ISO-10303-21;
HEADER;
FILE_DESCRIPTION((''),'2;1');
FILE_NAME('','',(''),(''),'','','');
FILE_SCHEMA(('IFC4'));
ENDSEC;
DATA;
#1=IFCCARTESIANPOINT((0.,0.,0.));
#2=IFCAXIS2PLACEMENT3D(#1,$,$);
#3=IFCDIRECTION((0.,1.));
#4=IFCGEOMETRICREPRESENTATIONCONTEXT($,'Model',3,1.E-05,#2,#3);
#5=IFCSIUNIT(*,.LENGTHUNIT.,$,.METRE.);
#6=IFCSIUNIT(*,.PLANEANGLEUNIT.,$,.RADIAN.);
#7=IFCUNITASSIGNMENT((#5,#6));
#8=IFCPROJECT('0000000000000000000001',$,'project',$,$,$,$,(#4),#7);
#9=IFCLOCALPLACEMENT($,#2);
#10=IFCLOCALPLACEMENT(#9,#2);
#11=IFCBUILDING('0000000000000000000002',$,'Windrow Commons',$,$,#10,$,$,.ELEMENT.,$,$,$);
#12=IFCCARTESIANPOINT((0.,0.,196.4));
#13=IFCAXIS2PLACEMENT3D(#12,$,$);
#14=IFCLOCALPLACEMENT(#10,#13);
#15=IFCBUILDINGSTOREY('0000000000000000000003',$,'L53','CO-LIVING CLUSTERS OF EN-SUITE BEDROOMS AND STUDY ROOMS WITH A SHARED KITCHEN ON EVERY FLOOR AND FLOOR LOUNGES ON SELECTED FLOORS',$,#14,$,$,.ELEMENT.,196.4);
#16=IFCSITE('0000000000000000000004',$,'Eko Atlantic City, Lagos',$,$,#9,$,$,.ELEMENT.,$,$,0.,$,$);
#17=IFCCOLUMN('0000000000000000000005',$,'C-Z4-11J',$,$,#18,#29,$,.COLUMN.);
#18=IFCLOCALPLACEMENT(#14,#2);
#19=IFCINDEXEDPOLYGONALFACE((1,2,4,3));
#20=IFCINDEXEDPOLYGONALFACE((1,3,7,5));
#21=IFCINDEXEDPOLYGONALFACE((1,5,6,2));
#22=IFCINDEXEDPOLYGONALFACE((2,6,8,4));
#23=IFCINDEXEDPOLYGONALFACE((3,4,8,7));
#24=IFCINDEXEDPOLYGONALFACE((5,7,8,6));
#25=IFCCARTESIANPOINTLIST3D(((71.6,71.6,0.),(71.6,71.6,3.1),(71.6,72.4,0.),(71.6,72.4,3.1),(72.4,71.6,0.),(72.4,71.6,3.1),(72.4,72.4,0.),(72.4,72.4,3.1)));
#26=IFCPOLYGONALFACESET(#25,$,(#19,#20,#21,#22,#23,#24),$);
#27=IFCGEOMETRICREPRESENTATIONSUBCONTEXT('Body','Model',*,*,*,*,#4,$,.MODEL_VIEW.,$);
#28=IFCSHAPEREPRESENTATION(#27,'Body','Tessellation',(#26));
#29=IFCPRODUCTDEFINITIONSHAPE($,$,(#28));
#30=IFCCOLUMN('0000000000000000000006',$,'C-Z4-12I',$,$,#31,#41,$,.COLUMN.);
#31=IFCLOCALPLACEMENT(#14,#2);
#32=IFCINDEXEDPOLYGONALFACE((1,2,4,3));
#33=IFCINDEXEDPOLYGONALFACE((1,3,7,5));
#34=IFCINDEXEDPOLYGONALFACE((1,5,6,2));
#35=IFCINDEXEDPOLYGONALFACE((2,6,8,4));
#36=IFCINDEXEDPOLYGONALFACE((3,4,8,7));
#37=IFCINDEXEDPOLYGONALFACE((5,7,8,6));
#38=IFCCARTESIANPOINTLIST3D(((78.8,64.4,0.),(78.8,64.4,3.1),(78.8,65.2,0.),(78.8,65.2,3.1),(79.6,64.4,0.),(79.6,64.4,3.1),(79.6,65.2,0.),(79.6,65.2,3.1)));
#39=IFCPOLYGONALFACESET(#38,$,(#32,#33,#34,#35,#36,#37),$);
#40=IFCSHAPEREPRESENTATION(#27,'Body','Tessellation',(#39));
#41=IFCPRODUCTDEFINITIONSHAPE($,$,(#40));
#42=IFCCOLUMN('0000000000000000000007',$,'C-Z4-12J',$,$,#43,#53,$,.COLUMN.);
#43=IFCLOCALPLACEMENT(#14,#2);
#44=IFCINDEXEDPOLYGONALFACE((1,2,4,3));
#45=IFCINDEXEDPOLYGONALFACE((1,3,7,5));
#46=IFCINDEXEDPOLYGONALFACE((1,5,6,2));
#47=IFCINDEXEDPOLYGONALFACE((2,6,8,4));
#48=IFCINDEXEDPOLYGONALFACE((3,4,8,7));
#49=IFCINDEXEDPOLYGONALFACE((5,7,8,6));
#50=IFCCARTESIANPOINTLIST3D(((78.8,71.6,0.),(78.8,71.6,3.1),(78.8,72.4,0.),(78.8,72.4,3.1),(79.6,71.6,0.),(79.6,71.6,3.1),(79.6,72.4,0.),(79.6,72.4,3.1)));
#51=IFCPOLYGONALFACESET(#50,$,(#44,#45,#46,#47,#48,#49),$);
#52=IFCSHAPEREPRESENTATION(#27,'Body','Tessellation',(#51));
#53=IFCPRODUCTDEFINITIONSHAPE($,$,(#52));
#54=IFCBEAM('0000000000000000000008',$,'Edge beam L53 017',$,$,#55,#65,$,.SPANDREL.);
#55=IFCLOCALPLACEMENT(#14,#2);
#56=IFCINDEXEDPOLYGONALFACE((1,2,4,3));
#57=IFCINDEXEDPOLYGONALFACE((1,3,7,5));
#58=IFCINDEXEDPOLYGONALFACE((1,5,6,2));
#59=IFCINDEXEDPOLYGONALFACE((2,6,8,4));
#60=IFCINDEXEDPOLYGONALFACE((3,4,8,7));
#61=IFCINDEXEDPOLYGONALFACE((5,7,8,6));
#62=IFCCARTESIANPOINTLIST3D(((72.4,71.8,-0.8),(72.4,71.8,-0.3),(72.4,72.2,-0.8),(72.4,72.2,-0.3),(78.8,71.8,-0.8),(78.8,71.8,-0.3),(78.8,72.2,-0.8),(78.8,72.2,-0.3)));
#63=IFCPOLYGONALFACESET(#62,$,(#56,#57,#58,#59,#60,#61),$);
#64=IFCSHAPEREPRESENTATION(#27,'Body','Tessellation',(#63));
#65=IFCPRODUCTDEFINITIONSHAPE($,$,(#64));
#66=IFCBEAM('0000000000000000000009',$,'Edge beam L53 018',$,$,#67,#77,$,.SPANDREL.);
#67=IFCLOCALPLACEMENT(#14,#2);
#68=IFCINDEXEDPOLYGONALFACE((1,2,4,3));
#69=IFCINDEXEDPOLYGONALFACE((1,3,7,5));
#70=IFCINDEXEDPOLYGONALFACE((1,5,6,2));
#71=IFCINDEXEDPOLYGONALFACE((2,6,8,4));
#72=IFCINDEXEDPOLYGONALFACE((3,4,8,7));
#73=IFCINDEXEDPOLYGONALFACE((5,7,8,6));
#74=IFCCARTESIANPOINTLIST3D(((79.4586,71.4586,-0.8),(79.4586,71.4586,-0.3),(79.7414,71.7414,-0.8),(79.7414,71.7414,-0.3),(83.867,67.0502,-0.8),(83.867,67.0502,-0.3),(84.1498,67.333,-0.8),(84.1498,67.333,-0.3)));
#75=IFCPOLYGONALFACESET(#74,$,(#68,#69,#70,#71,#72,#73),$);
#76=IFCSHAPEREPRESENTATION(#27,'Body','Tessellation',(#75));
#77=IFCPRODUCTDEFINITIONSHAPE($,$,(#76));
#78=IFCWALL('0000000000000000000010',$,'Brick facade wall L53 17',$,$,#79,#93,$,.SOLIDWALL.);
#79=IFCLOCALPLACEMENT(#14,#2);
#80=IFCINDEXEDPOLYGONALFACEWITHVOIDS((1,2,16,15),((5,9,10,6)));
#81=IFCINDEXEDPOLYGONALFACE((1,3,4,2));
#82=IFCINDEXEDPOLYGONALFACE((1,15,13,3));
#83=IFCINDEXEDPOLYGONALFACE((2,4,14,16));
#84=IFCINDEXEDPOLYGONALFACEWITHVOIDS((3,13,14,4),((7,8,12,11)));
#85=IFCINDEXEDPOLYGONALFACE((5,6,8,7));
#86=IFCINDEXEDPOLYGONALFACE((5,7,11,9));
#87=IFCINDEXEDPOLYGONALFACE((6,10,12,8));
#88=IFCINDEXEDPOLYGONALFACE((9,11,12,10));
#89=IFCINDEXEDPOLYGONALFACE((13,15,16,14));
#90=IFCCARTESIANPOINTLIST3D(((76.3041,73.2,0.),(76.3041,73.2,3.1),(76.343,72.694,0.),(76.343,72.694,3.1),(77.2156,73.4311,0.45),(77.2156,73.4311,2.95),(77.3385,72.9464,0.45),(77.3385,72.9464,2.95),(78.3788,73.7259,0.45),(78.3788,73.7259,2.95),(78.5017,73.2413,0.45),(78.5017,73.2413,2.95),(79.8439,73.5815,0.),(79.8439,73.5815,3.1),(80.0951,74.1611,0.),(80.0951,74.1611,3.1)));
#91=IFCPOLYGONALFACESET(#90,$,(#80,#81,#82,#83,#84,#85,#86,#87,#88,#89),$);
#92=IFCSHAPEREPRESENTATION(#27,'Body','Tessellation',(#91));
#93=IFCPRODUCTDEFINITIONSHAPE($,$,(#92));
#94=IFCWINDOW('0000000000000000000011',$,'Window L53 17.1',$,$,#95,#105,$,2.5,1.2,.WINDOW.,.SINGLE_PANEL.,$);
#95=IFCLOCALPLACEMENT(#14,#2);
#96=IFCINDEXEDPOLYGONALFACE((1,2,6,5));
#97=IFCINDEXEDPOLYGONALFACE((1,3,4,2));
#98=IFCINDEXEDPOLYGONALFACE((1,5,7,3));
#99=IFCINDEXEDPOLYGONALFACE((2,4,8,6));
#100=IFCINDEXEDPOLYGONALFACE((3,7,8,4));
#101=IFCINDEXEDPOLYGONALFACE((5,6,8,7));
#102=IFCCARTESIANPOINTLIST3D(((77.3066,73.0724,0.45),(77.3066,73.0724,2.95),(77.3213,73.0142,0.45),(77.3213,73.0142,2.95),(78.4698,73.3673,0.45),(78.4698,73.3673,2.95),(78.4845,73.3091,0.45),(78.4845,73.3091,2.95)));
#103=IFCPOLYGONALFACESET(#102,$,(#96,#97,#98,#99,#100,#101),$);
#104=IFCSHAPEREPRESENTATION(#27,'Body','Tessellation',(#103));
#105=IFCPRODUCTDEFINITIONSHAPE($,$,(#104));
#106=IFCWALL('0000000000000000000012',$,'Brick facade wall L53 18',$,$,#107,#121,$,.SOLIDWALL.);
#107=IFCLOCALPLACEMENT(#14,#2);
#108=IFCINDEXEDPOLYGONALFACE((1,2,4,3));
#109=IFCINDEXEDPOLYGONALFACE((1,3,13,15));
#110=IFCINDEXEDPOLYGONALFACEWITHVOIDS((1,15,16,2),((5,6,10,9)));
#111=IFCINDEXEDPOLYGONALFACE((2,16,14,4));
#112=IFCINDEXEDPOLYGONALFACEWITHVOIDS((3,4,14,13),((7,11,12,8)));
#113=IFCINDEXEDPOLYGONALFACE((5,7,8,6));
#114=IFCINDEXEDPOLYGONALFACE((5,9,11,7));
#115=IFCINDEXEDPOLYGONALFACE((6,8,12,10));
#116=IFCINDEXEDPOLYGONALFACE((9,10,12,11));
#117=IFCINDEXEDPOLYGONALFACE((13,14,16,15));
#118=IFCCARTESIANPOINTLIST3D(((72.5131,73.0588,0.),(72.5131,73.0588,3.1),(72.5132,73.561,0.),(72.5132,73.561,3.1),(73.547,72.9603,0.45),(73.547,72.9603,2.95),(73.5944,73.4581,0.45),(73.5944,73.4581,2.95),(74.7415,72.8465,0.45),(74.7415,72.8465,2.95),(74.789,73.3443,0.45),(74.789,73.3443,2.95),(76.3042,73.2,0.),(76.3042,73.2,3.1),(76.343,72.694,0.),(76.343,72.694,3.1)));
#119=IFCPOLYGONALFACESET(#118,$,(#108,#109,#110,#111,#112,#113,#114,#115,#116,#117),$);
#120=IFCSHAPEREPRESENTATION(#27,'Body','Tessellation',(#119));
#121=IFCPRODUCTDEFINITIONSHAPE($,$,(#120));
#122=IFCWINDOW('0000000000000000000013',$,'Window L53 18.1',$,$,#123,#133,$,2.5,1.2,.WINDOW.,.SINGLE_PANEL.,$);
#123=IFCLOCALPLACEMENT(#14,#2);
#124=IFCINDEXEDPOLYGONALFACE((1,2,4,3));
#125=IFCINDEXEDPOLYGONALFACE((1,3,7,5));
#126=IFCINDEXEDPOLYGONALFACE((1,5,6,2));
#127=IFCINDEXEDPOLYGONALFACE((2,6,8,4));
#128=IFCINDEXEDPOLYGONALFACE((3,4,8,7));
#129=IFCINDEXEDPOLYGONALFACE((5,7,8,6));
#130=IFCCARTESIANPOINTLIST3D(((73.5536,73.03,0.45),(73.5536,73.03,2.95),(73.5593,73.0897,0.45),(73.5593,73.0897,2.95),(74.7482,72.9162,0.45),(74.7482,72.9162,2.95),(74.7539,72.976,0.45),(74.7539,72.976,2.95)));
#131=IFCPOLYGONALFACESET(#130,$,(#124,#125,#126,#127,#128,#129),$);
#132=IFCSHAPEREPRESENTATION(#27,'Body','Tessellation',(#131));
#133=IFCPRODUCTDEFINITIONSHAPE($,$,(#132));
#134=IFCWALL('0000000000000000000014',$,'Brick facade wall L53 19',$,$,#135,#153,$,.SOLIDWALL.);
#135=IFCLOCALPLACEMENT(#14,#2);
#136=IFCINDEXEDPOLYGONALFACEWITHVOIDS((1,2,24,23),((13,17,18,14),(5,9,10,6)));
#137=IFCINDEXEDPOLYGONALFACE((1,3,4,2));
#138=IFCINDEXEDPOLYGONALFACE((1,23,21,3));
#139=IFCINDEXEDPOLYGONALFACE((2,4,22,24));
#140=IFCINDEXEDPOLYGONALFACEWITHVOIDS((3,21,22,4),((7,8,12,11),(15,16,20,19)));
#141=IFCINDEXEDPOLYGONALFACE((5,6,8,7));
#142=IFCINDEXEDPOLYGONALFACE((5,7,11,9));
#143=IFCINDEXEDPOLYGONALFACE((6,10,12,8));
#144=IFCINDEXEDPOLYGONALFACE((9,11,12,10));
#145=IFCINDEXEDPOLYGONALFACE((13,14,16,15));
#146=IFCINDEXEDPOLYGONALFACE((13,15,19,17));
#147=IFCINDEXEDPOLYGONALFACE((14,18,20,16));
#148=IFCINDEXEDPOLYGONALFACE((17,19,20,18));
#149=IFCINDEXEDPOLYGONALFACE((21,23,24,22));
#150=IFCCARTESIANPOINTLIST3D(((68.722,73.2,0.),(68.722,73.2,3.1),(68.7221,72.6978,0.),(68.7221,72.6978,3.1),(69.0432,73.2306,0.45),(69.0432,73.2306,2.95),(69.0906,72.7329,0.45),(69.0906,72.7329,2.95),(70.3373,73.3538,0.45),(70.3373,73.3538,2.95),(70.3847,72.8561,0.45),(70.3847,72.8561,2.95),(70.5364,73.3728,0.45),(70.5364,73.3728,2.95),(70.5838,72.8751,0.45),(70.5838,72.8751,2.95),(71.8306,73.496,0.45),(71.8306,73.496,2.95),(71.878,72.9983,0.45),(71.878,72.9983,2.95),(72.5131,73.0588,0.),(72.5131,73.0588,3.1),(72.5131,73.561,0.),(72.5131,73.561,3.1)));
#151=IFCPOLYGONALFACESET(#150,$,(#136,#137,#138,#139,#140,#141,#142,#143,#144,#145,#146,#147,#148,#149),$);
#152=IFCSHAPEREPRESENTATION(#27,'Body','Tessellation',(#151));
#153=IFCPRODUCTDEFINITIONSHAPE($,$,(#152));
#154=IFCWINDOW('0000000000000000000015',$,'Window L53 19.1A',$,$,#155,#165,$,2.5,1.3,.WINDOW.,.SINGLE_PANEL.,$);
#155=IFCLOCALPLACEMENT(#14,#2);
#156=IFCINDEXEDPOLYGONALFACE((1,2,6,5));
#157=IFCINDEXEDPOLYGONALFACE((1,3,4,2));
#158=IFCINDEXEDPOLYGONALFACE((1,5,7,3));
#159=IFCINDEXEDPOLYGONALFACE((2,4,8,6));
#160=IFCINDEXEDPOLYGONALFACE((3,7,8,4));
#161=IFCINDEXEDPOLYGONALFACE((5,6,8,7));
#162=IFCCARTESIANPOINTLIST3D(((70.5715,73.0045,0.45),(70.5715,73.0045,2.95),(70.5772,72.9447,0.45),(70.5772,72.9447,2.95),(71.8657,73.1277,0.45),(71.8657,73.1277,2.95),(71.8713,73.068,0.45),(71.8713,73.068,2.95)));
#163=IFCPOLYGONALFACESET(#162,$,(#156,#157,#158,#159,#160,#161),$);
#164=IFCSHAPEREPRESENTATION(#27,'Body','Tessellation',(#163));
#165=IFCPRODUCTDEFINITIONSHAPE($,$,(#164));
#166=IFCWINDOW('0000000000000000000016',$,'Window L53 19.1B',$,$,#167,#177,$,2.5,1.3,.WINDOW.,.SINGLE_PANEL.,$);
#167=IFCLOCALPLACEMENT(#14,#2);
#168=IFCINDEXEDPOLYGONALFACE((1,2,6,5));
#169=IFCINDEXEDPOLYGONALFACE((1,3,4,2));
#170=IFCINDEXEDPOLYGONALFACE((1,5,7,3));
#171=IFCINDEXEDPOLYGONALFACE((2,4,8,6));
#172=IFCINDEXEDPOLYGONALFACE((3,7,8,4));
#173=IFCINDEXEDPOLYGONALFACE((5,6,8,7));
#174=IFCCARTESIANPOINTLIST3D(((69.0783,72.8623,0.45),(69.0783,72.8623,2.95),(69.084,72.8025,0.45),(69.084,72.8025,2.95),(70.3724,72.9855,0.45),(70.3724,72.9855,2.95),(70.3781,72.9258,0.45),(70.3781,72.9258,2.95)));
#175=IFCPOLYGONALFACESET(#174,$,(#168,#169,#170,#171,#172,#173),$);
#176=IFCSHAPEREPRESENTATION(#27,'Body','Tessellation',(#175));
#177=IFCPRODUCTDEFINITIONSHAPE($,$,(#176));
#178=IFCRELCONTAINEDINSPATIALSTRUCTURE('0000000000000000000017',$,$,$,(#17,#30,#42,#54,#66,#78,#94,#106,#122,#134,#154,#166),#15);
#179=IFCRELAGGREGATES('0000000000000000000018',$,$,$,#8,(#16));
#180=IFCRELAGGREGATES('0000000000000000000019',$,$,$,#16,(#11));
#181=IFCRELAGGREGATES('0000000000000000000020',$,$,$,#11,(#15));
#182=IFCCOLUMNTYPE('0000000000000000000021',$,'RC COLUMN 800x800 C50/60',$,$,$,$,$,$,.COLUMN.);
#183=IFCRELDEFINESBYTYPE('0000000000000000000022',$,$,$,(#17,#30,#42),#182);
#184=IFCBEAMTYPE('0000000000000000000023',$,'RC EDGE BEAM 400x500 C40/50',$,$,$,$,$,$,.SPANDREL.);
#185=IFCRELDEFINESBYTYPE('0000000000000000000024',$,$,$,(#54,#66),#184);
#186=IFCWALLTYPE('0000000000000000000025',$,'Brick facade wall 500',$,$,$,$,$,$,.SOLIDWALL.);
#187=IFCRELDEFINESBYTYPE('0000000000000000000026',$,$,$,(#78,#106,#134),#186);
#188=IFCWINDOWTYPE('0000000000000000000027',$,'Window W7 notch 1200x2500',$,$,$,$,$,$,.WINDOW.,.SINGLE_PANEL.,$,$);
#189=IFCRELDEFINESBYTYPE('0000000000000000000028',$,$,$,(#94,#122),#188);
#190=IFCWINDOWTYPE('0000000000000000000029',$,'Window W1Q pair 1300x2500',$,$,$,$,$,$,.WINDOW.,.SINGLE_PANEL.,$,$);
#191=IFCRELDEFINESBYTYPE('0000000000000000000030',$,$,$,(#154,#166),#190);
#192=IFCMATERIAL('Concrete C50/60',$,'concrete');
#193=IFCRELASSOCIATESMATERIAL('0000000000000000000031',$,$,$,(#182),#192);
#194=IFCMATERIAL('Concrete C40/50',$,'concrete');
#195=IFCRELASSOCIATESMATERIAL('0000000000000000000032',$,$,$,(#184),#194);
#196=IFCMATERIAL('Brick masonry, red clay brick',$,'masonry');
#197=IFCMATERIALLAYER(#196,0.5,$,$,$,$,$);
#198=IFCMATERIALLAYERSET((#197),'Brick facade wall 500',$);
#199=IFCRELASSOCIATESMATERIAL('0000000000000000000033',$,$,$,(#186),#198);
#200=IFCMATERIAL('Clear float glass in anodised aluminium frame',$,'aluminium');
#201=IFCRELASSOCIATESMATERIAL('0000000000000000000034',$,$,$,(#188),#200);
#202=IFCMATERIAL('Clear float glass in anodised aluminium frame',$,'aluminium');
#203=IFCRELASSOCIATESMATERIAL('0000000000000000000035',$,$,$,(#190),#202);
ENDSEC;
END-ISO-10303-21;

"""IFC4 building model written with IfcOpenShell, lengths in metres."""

from ifc_helpers import new_model, si_unit, direction, frame, frame_2d, origin, origin_2d, place, context, subcontext, project, spatial, polyline, rectangle, outline, extrude, material, layer, layer_set, material_profile, profile_set, type_object, element, fill, save


model = new_model("IFC4")

# Units and contexts
model_context = context("Model", 3, precision=1e-05, world=origin(), true_north=direction((0.0, 1.0)))
body_context = subcontext(model_context, "Body", "Model", "MODEL_VIEW")
ifc_project = project(units=[si_unit("LENGTHUNIT", "METRE"), si_unit("PLANEANGLEUNIT", "RADIAN")], contexts=[model_context])

# Site, building, storey
site_placement = place(None, origin())
site = spatial("IfcSite", under=ifc_project, at=site_placement, Name="Eko Atlantic City, Lagos", CompositionType="ELEMENT", RefElevation=0.0)
building_placement = place(site_placement, origin())
building = spatial("IfcBuilding", under=site, at=building_placement, Name="Windrow Commons", CompositionType="ELEMENT")
storey_placement = place(building_placement, frame((0.0, 0.0, 196.4)))
storey = spatial("IfcBuildingStorey", under=building, at=storey_placement, Name="L53", Description="CO-LIVING CLUSTERS OF EN-SUITE BEDROOMS AND STUDY ROOMS WITH A SHARED KITCHEN ON EVERY FLOOR AND FLOOR LOUNGES ON SELECTED FLOORS", CompositionType="ELEMENT", Elevation=196.4)

# Columns
ifc_material_1 = material(Name="Concrete C50/60", Category="concrete")
ifc_material_profile_1 = material_profile(ifc_material_1, rectangle(XDim=0.8, YDim=0.8, at=origin_2d()))
ifc_profile_set_1 = profile_set([ifc_material_profile_1], Name="Concrete C50/60")
column_type = type_object("IfcColumnType", Name="RC COLUMN 800x800 C50/60", PredefinedType="COLUMN", material=ifc_profile_set_1)
for number, where, z_axis, x_axis, name in (
    (1, (72.0, 72.0, 0.0), (0.0, 0.0, 1.0), (1.0, 0.0, 0.0), "C-Z4-11J"),
    (2, (79.2, 64.8, 0.0), (0.0, 0.0, 1.0), (1.0, 0.0, 0.0), "C-Z4-12I"),
    (3, (79.2, 72.0, 0.0), (0.0, 0.0, 1.0), (1.0, 0.0, 0.0), "C-Z4-12J"),
):
    element("IfcColumn", number, at=place(storey_placement, frame(where, z_axis=z_axis, x_axis=x_axis)), inside=storey, type_object=column_type, Name=name, PredefinedType="COLUMN", context=body_context, shape_type="SweptSolid", body=[
        extrude(rectangle(XDim=0.8, YDim=0.8, at=origin_2d()), origin(), (0.0, 0.0, 1.0), 3.1),
    ])

# Beams
ifc_material_2 = material(Name="Concrete C40/50", Category="concrete")
ifc_material_profile_2 = material_profile(ifc_material_2, rectangle(XDim=0.4, YDim=0.5, at=origin_2d()))
ifc_profile_set_2 = profile_set([ifc_material_profile_2], Name="Concrete C40/50")
beam_type = type_object("IfcBeamType", Name="RC EDGE BEAM 400x500 C40/50", PredefinedType="SPANDREL", material=ifc_profile_set_2)
beam_1_placement = place(storey_placement, frame((72.4, 72.0, -0.55), z_axis=(1.0, 0.0, 0.0), x_axis=(0.0, 1.0, 0.0)))
element("IfcBeam", 4, at=beam_1_placement, inside=storey, type_object=beam_type, Name="Edge beam L53 017", PredefinedType="SPANDREL", context=body_context, shape_type="SweptSolid", body=[
    extrude(rectangle(XDim=0.4, YDim=0.5, at=origin_2d()), origin(), (0.0, 0.0, 1.0), 6.4),
])
beam_2_placement = place(storey_placement, frame((79.6, 71.6, -0.55), z_axis=(0.707107, -0.707107, 0.0), x_axis=(0.707107, 0.707107, 0.0)))
element("IfcBeam", 5, at=beam_2_placement, inside=storey, type_object=beam_type, Name="Edge beam L53 018", PredefinedType="SPANDREL", context=body_context, shape_type="SweptSolid", body=[
    extrude(rectangle(XDim=0.4, YDim=0.5, at=origin_2d()), origin(), (0.0, 0.0, 1.0), 6.2344),
])

# Walls, openings, windows
ifc_material_3 = material(Name="Brick masonry, red clay brick", Category="masonry")
ifc_layer_1 = layer(ifc_material_3, 0.5)
ifc_layer_set_1 = layer_set([ifc_layer_1], Name="Brick facade wall 500")
wall_type_1 = type_object("IfcWallType", Name="Brick facade wall 500", PredefinedType="SOLIDWALL", material=ifc_layer_set_1)
wall_1_placement = place(storey_placement, frame((79.9695, 73.8713, 0.0), z_axis=(0.0, 0.0, 1.0), x_axis=(-0.969335, -0.245744, 0.0)))
wall_1 = element("IfcWall", 6, at=wall_1_placement, inside=storey, type_object=wall_type_1, Name="Brick facade wall L53 17", PredefinedType="SOLIDWALL", context=body_context, shape_type="SweptSolid", body=[
    extrude(outline(polyline([(-0.193, -0.25), (3.718, -0.25), (3.8046, 0.25), (0.193, 0.25), (-0.193, -0.25)])), origin(), (0.0, 0.0, 1.0), 3.1),
])
opening_1_placement = place(wall_1_placement, frame((1.5776, 0.0, 0.45)))
opening_1 = element("IfcOpeningElement", 7, at=opening_1_placement, cuts=wall_1, PredefinedType="OPENING", context=body_context, shape_type="SweptSolid", body=[
    extrude(rectangle(XDim=1.2, YDim=2.5, at=frame_2d((0.6, 1.25))), frame((0.0, 0.26, 0.0), z_axis=(0.0, -1.0, 0.0), x_axis=(1.0, 0.0, 0.0)), (0.0, 0.0, 1.0), 0.52),
])
ifc_material_4 = material(Name="Clear float glass in anodised aluminium frame", Category="aluminium")
window_type_1 = type_object("IfcWindowType", Name="Window W7 notch 1200x2500", PartitioningType="SINGLE_PANEL", PredefinedType="WINDOW", material=ifc_material_4)
window_1_placement = place(opening_1_placement, origin())
window_1 = element("IfcWindow", 8, at=window_1_placement, inside=storey, type_object=window_type_1, Name="Window L53 17.1", OverallHeight=2.5, OverallWidth=1.2, PartitioningType="SINGLE_PANEL", PredefinedType="WINDOW", context=body_context, shape_type="SweptSolid", body=[
    extrude(rectangle(XDim=1.2, YDim=2.5, at=frame_2d((0.6, 1.25))), frame((0.0, 0.18, 0.0), z_axis=(0.0, -1.0, 0.0), x_axis=(1.0, 0.0, 0.0)), (0.0, 0.0, 1.0), 0.06),
])
fill(opening_1, window_1)
wall_2_placement = place(storey_placement, frame((76.3236, 72.947, 0.0), z_axis=(0.0, 0.0, 1.0), x_axis=(-0.995496, 0.094808, 0.0)))
wall_2 = element("IfcWall", 9, at=wall_2_placement, inside=storey, type_object=wall_type_1, Name="Brick facade wall L53 18", PredefinedType="SOLIDWALL", context=body_context, shape_type="SweptSolid", body=[
    extrude(outline(polyline([(0.0433, -0.25), (3.8515, -0.25), (3.8039, 0.25), (-0.0433, 0.25), (0.0433, -0.25)])), origin(), (0.0, 0.0, 1.0), 3.1),
])
opening_2_placement = place(wall_2_placement, frame((1.5654, 0.0, 0.45)))
opening_2 = element("IfcOpeningElement", 10, at=opening_2_placement, cuts=wall_2, PredefinedType="OPENING", context=body_context, shape_type="SweptSolid", body=[
    extrude(rectangle(XDim=1.2, YDim=2.5, at=frame_2d((0.6, 1.25))), frame((0.0, 0.26, 0.0), z_axis=(0.0, -1.0, 0.0), x_axis=(1.0, 0.0, 0.0)), (0.0, 0.0, 1.0), 0.52),
])
window_2_placement = place(opening_2_placement, origin())
window_2 = element("IfcWindow", 11, at=window_2_placement, inside=storey, type_object=window_type_1, Name="Window L53 18.1", OverallHeight=2.5, OverallWidth=1.2, PartitioningType="SINGLE_PANEL", PredefinedType="WINDOW", context=body_context, shape_type="SweptSolid", body=[
    extrude(rectangle(XDim=1.2, YDim=2.5, at=frame_2d((0.6, 1.25))), frame((0.0, 0.18, 0.0), z_axis=(0.0, -1.0, 0.0), x_axis=(1.0, 0.0, 0.0)), (0.0, 0.0, 1.0), 0.06),
])
fill(opening_2, window_2)

# Wall, openings, windows
wall_3_placement = place(storey_placement, frame((72.5131, 73.3099, 0.0), z_axis=(0.0, 0.0, 1.0), x_axis=(-0.995497, -0.094797, 0.0)))
wall_3 = element("IfcWall", 12, at=wall_3_placement, inside=storey, type_object=wall_type_1, Name="Brick facade wall L53 19", PredefinedType="SOLIDWALL", context=body_context, shape_type="SweptSolid", body=[
    extrude(outline(polyline([(-0.0238, -0.25), (3.7844, -0.25), (3.832, 0.25), (0.0238, 0.25), (-0.0238, -0.25)])), origin(), (0.0, 0.0, 1.0), 3.1),
])
opening_3_placement = place(wall_3_placement, frame((0.6618, 0.0, 0.45)))
opening_3 = element("IfcOpeningElement", 13, at=opening_3_placement, cuts=wall_3, PredefinedType="OPENING", context=body_context, shape_type="SweptSolid", body=[
    extrude(rectangle(XDim=1.3, YDim=2.5, at=frame_2d((0.65, 1.25))), frame((0.0, 0.26, 0.0), z_axis=(0.0, -1.0, 0.0), x_axis=(1.0, 0.0, 0.0)), (0.0, 0.0, 1.0), 0.52),
])
opening_4_placement = place(wall_3_placement, frame((2.1618, 0.0, 0.45)))
opening_4 = element("IfcOpeningElement", 14, at=opening_4_placement, cuts=wall_3, PredefinedType="OPENING", context=body_context, shape_type="SweptSolid", body=[
    extrude(rectangle(XDim=1.3, YDim=2.5, at=frame_2d((0.65, 1.25))), frame((0.0, 0.26, 0.0), z_axis=(0.0, -1.0, 0.0), x_axis=(1.0, 0.0, 0.0)), (0.0, 0.0, 1.0), 0.52),
])
ifc_material_5 = material(Name="Clear float glass in anodised aluminium frame", Category="aluminium")
window_type_2 = type_object("IfcWindowType", Name="Window W1Q pair 1300x2500", PartitioningType="SINGLE_PANEL", PredefinedType="WINDOW", material=ifc_material_5)
window_3_placement = place(opening_3_placement, origin())
window_3 = element("IfcWindow", 15, at=window_3_placement, inside=storey, type_object=window_type_2, Name="Window L53 19.1A", OverallHeight=2.5, OverallWidth=1.3, PartitioningType="SINGLE_PANEL", PredefinedType="WINDOW", context=body_context, shape_type="SweptSolid", body=[
    extrude(rectangle(XDim=1.3, YDim=2.5, at=frame_2d((0.65, 1.25))), frame((0.0, 0.18, 0.0), z_axis=(0.0, -1.0, 0.0), x_axis=(1.0, 0.0, 0.0)), (0.0, 0.0, 1.0), 0.06),
])
fill(opening_3, window_3)
window_4_placement = place(opening_4_placement, origin())
window_4 = element("IfcWindow", 16, at=window_4_placement, inside=storey, type_object=window_type_2, Name="Window L53 19.1B", OverallHeight=2.5, OverallWidth=1.3, PartitioningType="SINGLE_PANEL", PredefinedType="WINDOW", context=body_context, shape_type="SweptSolid", body=[
    extrude(rectangle(XDim=1.3, YDim=2.5, at=frame_2d((0.65, 1.25))), frame((0.0, 0.18, 0.0), z_axis=(0.0, -1.0, 0.0), x_axis=(1.0, 0.0, 0.0)), (0.0, 0.0, 1.0), 0.06),
])
fill(opening_4, window_4)

save(model, "model.ifc")
